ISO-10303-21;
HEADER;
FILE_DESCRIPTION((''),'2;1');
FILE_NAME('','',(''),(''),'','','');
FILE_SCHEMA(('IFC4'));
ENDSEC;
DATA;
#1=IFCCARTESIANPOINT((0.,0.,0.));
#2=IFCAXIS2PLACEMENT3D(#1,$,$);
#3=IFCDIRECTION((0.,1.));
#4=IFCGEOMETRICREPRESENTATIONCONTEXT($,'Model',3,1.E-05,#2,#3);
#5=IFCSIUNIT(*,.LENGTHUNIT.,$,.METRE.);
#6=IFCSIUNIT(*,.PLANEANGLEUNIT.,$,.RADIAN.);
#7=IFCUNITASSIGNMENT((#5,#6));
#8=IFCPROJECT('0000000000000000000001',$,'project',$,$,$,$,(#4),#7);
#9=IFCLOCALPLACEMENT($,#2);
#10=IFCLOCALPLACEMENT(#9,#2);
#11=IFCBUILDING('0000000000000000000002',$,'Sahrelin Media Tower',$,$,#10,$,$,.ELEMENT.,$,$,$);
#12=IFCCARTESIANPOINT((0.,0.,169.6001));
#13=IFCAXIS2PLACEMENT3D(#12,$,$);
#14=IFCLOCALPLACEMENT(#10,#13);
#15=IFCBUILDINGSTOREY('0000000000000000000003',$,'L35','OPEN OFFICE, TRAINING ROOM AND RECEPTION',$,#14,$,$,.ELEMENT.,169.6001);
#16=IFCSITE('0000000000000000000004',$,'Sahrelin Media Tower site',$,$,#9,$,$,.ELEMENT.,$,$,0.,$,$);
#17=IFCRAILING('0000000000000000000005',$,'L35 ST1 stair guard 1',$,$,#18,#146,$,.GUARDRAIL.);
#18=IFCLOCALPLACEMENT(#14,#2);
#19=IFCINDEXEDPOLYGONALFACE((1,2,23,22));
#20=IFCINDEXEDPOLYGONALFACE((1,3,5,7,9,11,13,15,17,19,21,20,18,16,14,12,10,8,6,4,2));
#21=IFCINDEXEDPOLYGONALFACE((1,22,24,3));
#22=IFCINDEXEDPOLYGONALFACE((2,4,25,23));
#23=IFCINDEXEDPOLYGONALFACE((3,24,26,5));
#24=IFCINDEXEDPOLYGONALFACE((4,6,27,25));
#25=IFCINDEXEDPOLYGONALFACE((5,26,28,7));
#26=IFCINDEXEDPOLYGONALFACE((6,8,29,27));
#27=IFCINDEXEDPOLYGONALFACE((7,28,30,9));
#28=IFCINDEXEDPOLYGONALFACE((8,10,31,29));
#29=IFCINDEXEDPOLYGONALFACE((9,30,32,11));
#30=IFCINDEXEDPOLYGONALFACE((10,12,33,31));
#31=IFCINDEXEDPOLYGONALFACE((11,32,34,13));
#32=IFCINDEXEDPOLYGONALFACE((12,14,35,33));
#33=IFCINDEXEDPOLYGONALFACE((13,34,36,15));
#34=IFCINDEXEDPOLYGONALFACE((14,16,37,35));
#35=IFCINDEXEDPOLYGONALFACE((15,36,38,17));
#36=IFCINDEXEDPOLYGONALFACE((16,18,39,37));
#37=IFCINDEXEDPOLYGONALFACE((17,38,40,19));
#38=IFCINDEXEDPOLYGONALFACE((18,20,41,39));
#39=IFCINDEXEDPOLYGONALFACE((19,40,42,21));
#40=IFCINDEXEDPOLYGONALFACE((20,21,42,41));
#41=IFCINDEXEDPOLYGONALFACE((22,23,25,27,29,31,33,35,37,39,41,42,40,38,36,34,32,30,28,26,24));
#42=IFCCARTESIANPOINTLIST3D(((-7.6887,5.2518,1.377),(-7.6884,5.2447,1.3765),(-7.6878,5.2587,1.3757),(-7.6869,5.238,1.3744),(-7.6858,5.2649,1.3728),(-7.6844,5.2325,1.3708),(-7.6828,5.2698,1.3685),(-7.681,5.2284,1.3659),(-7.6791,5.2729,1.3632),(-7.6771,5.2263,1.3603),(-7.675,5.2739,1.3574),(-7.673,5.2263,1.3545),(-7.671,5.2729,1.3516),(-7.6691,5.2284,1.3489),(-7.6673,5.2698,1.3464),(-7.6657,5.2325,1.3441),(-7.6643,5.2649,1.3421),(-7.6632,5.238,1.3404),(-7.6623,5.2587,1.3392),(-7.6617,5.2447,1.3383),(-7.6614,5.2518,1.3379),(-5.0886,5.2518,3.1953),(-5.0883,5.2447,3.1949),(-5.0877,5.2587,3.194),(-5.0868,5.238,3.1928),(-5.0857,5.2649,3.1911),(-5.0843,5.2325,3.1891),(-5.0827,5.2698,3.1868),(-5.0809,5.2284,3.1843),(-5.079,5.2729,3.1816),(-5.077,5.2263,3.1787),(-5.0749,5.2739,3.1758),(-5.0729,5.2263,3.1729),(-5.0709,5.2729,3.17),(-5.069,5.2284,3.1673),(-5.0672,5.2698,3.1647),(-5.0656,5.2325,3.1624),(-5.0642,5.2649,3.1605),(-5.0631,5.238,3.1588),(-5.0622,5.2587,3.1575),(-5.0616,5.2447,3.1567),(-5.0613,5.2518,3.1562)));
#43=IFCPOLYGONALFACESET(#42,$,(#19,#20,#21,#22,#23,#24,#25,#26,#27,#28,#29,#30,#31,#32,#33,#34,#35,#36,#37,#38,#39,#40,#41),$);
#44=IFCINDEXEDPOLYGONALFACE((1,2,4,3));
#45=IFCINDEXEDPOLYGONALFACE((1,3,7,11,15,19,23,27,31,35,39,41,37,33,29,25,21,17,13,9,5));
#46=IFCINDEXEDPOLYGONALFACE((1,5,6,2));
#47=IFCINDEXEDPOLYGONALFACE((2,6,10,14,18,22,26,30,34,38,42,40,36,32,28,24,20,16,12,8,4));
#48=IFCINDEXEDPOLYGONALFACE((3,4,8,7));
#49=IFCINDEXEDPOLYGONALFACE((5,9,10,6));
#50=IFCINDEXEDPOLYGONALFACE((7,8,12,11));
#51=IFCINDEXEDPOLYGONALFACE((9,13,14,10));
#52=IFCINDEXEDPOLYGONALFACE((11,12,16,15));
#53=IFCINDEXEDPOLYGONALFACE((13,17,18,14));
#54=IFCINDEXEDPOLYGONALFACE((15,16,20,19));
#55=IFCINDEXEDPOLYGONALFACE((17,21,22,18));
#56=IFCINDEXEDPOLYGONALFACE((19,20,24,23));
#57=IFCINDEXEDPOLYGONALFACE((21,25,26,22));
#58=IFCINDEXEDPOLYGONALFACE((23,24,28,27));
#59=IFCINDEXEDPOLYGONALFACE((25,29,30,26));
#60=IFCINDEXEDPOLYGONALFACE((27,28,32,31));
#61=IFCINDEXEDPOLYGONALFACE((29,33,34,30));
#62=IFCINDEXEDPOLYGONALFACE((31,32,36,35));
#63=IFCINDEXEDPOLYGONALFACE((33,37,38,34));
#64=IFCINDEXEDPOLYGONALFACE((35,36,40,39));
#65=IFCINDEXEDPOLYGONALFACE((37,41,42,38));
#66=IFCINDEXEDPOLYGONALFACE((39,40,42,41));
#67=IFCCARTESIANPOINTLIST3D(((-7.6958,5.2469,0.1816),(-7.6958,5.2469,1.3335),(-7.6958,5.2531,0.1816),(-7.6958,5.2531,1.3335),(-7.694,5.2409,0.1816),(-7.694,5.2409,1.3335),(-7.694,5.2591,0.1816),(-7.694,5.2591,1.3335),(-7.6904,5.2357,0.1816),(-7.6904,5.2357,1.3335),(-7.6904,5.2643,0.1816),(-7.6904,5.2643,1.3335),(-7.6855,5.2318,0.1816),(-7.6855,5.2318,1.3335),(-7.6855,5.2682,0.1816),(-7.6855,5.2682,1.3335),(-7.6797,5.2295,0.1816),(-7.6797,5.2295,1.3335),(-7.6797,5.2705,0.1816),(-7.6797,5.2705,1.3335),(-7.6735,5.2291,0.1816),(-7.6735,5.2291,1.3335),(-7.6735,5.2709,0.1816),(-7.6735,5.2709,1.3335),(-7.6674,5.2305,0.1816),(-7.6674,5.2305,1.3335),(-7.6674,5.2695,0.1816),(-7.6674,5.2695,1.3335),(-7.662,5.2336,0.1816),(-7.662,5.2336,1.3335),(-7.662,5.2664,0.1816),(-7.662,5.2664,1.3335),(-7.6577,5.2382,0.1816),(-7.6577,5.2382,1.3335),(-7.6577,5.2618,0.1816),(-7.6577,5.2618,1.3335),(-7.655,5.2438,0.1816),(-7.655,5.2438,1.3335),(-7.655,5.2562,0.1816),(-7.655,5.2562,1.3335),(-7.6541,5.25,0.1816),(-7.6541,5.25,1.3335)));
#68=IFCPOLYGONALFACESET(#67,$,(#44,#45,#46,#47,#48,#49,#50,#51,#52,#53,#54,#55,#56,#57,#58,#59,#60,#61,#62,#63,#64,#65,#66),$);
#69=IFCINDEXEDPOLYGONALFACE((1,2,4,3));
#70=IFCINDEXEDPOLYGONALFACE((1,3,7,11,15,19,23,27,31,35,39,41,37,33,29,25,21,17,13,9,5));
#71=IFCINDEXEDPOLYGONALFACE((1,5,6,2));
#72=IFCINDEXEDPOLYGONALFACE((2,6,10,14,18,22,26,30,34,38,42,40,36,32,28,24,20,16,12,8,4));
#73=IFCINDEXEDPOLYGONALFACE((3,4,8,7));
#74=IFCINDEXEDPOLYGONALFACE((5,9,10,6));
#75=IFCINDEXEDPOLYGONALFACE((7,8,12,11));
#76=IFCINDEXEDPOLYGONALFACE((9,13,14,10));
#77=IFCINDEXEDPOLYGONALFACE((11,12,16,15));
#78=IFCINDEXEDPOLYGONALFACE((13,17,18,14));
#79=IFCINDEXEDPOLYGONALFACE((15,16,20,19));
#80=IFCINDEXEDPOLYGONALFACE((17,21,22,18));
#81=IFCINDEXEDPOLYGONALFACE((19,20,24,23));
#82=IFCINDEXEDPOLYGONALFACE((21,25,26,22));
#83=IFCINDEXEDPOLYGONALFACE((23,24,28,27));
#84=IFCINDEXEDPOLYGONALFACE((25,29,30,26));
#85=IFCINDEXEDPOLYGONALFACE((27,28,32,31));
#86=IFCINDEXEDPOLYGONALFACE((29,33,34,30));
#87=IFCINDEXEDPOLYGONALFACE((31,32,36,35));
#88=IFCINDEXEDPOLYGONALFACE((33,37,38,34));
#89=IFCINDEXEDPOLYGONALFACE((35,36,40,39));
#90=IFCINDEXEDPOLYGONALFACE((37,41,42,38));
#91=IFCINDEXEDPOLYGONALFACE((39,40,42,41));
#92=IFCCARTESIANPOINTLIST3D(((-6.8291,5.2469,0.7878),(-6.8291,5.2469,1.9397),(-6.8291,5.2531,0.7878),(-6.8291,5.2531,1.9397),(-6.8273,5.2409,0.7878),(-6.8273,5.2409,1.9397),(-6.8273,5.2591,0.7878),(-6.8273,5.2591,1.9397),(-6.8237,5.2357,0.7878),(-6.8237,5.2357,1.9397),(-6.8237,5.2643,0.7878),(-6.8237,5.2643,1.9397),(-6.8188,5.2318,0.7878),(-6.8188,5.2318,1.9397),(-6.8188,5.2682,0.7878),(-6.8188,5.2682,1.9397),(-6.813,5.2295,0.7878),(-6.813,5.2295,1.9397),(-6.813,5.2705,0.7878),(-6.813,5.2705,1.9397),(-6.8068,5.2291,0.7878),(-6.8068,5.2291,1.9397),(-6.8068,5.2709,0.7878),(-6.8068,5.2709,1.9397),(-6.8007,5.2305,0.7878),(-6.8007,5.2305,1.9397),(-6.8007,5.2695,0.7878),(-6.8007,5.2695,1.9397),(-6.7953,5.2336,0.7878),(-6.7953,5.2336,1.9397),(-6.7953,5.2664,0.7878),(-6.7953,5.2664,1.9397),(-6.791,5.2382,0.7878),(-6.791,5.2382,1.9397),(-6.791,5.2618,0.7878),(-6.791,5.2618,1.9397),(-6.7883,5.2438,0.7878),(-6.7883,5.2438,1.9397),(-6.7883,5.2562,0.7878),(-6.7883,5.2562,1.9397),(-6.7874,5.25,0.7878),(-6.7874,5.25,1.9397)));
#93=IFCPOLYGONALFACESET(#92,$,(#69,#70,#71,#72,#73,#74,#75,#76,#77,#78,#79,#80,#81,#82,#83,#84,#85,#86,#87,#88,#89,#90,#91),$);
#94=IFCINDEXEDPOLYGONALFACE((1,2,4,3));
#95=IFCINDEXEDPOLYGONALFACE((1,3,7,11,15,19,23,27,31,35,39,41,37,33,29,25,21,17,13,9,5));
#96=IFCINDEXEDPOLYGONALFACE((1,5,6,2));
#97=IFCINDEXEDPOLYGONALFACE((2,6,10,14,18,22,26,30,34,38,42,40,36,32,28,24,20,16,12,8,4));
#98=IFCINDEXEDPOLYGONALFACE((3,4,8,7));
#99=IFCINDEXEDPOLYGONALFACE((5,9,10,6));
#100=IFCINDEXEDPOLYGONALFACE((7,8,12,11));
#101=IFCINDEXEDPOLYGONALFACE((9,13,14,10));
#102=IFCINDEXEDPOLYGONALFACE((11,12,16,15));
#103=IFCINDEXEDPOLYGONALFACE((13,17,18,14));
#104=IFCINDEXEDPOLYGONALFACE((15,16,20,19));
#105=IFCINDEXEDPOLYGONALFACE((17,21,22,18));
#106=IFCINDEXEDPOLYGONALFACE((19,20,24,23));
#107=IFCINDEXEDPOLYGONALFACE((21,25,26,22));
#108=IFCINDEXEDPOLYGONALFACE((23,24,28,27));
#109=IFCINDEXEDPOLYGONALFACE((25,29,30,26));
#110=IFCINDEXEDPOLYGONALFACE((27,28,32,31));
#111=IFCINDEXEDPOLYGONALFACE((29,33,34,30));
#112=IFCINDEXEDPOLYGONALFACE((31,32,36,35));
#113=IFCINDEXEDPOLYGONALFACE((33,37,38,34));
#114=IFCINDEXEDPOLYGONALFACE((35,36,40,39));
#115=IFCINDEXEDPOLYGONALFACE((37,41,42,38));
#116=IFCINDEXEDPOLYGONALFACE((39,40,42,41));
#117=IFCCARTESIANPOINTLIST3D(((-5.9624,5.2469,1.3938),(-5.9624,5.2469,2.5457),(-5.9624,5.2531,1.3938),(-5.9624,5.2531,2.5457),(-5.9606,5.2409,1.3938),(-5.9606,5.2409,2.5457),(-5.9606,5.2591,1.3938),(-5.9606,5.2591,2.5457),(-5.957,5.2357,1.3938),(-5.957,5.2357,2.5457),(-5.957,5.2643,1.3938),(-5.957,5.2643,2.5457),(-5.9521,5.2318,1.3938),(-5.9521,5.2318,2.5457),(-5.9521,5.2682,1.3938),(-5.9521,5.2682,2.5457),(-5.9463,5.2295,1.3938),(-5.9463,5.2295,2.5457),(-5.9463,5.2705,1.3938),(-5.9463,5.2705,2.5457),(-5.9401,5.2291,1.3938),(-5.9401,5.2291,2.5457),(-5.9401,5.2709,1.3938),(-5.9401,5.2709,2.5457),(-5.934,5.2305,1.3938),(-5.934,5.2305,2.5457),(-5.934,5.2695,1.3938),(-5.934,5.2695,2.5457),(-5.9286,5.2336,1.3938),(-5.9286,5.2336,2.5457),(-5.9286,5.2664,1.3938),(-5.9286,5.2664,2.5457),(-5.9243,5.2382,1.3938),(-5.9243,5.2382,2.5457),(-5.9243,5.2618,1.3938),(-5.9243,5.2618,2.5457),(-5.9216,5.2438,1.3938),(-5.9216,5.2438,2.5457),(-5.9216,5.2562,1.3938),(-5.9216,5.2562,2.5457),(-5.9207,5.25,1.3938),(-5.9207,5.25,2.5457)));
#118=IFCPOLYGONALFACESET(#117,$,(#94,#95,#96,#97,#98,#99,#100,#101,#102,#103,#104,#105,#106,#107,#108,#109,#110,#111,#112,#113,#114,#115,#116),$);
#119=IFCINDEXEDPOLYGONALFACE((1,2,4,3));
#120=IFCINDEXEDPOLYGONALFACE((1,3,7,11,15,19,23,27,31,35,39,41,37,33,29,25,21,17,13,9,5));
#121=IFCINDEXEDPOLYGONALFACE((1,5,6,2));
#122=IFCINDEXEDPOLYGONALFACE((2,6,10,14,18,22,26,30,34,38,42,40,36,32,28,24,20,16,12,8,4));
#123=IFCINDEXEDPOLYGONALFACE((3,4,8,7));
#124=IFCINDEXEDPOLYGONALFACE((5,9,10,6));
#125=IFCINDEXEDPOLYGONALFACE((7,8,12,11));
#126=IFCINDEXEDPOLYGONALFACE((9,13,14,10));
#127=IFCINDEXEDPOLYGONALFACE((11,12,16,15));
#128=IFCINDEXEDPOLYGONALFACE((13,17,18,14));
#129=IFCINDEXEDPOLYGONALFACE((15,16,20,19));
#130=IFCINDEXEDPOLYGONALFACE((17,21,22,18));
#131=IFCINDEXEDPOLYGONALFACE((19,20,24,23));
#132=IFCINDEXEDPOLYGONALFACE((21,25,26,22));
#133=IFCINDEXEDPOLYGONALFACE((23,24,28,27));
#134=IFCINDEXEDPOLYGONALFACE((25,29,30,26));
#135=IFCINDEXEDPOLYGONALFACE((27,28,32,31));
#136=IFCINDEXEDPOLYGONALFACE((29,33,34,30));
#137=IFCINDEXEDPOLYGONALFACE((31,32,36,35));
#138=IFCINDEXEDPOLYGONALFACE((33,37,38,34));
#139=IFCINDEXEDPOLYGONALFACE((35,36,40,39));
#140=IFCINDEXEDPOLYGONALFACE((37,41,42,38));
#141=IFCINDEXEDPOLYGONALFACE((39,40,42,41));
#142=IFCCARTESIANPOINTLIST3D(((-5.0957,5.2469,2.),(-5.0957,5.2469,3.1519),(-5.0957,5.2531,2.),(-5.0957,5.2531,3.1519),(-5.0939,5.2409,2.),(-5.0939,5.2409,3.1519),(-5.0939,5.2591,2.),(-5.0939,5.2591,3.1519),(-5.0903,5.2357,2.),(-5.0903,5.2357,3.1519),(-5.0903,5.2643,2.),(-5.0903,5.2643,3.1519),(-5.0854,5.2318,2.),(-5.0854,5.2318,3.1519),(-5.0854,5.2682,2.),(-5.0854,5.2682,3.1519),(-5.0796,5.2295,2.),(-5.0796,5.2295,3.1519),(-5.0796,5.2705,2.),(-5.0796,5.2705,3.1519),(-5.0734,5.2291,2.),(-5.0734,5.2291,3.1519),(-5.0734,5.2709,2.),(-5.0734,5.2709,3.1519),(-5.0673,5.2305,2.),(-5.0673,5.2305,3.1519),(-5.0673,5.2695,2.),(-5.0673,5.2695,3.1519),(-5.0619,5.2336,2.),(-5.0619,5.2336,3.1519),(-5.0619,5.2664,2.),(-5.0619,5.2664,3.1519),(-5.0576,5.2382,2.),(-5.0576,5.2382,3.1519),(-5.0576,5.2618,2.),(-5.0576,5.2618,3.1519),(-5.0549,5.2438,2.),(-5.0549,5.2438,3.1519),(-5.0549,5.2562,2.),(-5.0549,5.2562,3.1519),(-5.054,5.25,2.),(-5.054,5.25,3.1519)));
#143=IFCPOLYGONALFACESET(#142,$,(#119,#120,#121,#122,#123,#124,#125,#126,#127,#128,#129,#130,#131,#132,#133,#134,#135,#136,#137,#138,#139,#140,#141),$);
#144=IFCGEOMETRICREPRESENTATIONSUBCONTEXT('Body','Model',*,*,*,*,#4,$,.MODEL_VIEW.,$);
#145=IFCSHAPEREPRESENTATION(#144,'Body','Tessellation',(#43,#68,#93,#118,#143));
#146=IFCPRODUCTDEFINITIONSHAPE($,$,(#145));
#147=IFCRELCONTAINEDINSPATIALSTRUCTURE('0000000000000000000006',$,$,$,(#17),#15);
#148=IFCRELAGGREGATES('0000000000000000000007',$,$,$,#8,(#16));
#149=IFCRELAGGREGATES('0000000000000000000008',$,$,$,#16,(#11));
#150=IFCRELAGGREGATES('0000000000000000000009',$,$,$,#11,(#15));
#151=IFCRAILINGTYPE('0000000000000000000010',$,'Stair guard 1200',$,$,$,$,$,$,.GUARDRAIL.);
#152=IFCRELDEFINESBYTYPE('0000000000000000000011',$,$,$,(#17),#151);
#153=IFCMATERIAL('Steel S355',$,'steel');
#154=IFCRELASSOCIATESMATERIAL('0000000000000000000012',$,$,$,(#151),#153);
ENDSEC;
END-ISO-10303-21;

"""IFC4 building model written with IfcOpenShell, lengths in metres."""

from ifc_helpers import new_model, si_unit, direction, frame, origin, origin_2d, place, context, subcontext, project, spatial, circle, extrude, material, type_object, element, save


model = new_model("IFC4")

# Units and contexts
model_context = context("Model", 3, precision=1e-05, world=origin(), true_north=direction((0.0, 1.0)))
body_context = subcontext(model_context, "Body", "Model", "MODEL_VIEW")
ifc_project = project(units=[si_unit("LENGTHUNIT", "METRE"), si_unit("PLANEANGLEUNIT", "RADIAN")], contexts=[model_context])

# Site, building, storey
site_placement = place(None, origin())
site = spatial("IfcSite", under=ifc_project, at=site_placement, Name="Sahrelin Media Tower site", CompositionType="ELEMENT", RefElevation=0.0)
building_placement = place(site_placement, origin())
building = spatial("IfcBuilding", under=site, at=building_placement, Name="Sahrelin Media Tower", CompositionType="ELEMENT")
storey_placement = place(building_placement, frame((0.0, 0.0, 169.6001)))
storey = spatial("IfcBuildingStorey", under=building, at=storey_placement, Name="L35", Description="OPEN OFFICE, TRAINING ROOM AND RECEPTION", CompositionType="ELEMENT", Elevation=169.6001)

# Railing
ifc_material_1 = material(Name="Steel S355", Category="steel")
railing_type_1 = type_object("IfcRailingType", Name="Stair guard 1200", PredefinedType="GUARDRAIL", material=ifc_material_1)
railing_1_placement = place(storey_placement, frame((-7.675, 5.25, 0.1816)))
element("IfcRailing", 1, at=railing_1_placement, inside=storey, type_object=railing_type_1, Name="L35 ST1 stair guard 1", PredefinedType="GUARDRAIL", context=body_context, shape_type="SweptSolid", body=[
    extrude(circle(Radius=0.0239, at=origin_2d()), frame((0.0, 0.0, 1.1758), z_axis=(0.819485, 0.0, 0.573101), x_axis=(0.0, 1.0, 0.0)), (0.0, 0.0, 1.0), 3.1729),
    extrude(circle(Radius=0.021, at=origin_2d()), origin(), (0.0, 0.0, 1.0), 1.1519),
    extrude(circle(Radius=0.021, at=origin_2d()), frame((0.8667, 0.0, 0.6062)), (0.0, 0.0, 1.0), 1.1519),
    extrude(circle(Radius=0.021, at=origin_2d()), frame((1.7334, 0.0, 1.2122)), (0.0, 0.0, 1.0), 1.1519),
    extrude(circle(Radius=0.021, at=origin_2d()), frame((2.6001, 0.0, 1.8184)), (0.0, 0.0, 1.0), 1.1519),
])

save(model, "model.ifc")
